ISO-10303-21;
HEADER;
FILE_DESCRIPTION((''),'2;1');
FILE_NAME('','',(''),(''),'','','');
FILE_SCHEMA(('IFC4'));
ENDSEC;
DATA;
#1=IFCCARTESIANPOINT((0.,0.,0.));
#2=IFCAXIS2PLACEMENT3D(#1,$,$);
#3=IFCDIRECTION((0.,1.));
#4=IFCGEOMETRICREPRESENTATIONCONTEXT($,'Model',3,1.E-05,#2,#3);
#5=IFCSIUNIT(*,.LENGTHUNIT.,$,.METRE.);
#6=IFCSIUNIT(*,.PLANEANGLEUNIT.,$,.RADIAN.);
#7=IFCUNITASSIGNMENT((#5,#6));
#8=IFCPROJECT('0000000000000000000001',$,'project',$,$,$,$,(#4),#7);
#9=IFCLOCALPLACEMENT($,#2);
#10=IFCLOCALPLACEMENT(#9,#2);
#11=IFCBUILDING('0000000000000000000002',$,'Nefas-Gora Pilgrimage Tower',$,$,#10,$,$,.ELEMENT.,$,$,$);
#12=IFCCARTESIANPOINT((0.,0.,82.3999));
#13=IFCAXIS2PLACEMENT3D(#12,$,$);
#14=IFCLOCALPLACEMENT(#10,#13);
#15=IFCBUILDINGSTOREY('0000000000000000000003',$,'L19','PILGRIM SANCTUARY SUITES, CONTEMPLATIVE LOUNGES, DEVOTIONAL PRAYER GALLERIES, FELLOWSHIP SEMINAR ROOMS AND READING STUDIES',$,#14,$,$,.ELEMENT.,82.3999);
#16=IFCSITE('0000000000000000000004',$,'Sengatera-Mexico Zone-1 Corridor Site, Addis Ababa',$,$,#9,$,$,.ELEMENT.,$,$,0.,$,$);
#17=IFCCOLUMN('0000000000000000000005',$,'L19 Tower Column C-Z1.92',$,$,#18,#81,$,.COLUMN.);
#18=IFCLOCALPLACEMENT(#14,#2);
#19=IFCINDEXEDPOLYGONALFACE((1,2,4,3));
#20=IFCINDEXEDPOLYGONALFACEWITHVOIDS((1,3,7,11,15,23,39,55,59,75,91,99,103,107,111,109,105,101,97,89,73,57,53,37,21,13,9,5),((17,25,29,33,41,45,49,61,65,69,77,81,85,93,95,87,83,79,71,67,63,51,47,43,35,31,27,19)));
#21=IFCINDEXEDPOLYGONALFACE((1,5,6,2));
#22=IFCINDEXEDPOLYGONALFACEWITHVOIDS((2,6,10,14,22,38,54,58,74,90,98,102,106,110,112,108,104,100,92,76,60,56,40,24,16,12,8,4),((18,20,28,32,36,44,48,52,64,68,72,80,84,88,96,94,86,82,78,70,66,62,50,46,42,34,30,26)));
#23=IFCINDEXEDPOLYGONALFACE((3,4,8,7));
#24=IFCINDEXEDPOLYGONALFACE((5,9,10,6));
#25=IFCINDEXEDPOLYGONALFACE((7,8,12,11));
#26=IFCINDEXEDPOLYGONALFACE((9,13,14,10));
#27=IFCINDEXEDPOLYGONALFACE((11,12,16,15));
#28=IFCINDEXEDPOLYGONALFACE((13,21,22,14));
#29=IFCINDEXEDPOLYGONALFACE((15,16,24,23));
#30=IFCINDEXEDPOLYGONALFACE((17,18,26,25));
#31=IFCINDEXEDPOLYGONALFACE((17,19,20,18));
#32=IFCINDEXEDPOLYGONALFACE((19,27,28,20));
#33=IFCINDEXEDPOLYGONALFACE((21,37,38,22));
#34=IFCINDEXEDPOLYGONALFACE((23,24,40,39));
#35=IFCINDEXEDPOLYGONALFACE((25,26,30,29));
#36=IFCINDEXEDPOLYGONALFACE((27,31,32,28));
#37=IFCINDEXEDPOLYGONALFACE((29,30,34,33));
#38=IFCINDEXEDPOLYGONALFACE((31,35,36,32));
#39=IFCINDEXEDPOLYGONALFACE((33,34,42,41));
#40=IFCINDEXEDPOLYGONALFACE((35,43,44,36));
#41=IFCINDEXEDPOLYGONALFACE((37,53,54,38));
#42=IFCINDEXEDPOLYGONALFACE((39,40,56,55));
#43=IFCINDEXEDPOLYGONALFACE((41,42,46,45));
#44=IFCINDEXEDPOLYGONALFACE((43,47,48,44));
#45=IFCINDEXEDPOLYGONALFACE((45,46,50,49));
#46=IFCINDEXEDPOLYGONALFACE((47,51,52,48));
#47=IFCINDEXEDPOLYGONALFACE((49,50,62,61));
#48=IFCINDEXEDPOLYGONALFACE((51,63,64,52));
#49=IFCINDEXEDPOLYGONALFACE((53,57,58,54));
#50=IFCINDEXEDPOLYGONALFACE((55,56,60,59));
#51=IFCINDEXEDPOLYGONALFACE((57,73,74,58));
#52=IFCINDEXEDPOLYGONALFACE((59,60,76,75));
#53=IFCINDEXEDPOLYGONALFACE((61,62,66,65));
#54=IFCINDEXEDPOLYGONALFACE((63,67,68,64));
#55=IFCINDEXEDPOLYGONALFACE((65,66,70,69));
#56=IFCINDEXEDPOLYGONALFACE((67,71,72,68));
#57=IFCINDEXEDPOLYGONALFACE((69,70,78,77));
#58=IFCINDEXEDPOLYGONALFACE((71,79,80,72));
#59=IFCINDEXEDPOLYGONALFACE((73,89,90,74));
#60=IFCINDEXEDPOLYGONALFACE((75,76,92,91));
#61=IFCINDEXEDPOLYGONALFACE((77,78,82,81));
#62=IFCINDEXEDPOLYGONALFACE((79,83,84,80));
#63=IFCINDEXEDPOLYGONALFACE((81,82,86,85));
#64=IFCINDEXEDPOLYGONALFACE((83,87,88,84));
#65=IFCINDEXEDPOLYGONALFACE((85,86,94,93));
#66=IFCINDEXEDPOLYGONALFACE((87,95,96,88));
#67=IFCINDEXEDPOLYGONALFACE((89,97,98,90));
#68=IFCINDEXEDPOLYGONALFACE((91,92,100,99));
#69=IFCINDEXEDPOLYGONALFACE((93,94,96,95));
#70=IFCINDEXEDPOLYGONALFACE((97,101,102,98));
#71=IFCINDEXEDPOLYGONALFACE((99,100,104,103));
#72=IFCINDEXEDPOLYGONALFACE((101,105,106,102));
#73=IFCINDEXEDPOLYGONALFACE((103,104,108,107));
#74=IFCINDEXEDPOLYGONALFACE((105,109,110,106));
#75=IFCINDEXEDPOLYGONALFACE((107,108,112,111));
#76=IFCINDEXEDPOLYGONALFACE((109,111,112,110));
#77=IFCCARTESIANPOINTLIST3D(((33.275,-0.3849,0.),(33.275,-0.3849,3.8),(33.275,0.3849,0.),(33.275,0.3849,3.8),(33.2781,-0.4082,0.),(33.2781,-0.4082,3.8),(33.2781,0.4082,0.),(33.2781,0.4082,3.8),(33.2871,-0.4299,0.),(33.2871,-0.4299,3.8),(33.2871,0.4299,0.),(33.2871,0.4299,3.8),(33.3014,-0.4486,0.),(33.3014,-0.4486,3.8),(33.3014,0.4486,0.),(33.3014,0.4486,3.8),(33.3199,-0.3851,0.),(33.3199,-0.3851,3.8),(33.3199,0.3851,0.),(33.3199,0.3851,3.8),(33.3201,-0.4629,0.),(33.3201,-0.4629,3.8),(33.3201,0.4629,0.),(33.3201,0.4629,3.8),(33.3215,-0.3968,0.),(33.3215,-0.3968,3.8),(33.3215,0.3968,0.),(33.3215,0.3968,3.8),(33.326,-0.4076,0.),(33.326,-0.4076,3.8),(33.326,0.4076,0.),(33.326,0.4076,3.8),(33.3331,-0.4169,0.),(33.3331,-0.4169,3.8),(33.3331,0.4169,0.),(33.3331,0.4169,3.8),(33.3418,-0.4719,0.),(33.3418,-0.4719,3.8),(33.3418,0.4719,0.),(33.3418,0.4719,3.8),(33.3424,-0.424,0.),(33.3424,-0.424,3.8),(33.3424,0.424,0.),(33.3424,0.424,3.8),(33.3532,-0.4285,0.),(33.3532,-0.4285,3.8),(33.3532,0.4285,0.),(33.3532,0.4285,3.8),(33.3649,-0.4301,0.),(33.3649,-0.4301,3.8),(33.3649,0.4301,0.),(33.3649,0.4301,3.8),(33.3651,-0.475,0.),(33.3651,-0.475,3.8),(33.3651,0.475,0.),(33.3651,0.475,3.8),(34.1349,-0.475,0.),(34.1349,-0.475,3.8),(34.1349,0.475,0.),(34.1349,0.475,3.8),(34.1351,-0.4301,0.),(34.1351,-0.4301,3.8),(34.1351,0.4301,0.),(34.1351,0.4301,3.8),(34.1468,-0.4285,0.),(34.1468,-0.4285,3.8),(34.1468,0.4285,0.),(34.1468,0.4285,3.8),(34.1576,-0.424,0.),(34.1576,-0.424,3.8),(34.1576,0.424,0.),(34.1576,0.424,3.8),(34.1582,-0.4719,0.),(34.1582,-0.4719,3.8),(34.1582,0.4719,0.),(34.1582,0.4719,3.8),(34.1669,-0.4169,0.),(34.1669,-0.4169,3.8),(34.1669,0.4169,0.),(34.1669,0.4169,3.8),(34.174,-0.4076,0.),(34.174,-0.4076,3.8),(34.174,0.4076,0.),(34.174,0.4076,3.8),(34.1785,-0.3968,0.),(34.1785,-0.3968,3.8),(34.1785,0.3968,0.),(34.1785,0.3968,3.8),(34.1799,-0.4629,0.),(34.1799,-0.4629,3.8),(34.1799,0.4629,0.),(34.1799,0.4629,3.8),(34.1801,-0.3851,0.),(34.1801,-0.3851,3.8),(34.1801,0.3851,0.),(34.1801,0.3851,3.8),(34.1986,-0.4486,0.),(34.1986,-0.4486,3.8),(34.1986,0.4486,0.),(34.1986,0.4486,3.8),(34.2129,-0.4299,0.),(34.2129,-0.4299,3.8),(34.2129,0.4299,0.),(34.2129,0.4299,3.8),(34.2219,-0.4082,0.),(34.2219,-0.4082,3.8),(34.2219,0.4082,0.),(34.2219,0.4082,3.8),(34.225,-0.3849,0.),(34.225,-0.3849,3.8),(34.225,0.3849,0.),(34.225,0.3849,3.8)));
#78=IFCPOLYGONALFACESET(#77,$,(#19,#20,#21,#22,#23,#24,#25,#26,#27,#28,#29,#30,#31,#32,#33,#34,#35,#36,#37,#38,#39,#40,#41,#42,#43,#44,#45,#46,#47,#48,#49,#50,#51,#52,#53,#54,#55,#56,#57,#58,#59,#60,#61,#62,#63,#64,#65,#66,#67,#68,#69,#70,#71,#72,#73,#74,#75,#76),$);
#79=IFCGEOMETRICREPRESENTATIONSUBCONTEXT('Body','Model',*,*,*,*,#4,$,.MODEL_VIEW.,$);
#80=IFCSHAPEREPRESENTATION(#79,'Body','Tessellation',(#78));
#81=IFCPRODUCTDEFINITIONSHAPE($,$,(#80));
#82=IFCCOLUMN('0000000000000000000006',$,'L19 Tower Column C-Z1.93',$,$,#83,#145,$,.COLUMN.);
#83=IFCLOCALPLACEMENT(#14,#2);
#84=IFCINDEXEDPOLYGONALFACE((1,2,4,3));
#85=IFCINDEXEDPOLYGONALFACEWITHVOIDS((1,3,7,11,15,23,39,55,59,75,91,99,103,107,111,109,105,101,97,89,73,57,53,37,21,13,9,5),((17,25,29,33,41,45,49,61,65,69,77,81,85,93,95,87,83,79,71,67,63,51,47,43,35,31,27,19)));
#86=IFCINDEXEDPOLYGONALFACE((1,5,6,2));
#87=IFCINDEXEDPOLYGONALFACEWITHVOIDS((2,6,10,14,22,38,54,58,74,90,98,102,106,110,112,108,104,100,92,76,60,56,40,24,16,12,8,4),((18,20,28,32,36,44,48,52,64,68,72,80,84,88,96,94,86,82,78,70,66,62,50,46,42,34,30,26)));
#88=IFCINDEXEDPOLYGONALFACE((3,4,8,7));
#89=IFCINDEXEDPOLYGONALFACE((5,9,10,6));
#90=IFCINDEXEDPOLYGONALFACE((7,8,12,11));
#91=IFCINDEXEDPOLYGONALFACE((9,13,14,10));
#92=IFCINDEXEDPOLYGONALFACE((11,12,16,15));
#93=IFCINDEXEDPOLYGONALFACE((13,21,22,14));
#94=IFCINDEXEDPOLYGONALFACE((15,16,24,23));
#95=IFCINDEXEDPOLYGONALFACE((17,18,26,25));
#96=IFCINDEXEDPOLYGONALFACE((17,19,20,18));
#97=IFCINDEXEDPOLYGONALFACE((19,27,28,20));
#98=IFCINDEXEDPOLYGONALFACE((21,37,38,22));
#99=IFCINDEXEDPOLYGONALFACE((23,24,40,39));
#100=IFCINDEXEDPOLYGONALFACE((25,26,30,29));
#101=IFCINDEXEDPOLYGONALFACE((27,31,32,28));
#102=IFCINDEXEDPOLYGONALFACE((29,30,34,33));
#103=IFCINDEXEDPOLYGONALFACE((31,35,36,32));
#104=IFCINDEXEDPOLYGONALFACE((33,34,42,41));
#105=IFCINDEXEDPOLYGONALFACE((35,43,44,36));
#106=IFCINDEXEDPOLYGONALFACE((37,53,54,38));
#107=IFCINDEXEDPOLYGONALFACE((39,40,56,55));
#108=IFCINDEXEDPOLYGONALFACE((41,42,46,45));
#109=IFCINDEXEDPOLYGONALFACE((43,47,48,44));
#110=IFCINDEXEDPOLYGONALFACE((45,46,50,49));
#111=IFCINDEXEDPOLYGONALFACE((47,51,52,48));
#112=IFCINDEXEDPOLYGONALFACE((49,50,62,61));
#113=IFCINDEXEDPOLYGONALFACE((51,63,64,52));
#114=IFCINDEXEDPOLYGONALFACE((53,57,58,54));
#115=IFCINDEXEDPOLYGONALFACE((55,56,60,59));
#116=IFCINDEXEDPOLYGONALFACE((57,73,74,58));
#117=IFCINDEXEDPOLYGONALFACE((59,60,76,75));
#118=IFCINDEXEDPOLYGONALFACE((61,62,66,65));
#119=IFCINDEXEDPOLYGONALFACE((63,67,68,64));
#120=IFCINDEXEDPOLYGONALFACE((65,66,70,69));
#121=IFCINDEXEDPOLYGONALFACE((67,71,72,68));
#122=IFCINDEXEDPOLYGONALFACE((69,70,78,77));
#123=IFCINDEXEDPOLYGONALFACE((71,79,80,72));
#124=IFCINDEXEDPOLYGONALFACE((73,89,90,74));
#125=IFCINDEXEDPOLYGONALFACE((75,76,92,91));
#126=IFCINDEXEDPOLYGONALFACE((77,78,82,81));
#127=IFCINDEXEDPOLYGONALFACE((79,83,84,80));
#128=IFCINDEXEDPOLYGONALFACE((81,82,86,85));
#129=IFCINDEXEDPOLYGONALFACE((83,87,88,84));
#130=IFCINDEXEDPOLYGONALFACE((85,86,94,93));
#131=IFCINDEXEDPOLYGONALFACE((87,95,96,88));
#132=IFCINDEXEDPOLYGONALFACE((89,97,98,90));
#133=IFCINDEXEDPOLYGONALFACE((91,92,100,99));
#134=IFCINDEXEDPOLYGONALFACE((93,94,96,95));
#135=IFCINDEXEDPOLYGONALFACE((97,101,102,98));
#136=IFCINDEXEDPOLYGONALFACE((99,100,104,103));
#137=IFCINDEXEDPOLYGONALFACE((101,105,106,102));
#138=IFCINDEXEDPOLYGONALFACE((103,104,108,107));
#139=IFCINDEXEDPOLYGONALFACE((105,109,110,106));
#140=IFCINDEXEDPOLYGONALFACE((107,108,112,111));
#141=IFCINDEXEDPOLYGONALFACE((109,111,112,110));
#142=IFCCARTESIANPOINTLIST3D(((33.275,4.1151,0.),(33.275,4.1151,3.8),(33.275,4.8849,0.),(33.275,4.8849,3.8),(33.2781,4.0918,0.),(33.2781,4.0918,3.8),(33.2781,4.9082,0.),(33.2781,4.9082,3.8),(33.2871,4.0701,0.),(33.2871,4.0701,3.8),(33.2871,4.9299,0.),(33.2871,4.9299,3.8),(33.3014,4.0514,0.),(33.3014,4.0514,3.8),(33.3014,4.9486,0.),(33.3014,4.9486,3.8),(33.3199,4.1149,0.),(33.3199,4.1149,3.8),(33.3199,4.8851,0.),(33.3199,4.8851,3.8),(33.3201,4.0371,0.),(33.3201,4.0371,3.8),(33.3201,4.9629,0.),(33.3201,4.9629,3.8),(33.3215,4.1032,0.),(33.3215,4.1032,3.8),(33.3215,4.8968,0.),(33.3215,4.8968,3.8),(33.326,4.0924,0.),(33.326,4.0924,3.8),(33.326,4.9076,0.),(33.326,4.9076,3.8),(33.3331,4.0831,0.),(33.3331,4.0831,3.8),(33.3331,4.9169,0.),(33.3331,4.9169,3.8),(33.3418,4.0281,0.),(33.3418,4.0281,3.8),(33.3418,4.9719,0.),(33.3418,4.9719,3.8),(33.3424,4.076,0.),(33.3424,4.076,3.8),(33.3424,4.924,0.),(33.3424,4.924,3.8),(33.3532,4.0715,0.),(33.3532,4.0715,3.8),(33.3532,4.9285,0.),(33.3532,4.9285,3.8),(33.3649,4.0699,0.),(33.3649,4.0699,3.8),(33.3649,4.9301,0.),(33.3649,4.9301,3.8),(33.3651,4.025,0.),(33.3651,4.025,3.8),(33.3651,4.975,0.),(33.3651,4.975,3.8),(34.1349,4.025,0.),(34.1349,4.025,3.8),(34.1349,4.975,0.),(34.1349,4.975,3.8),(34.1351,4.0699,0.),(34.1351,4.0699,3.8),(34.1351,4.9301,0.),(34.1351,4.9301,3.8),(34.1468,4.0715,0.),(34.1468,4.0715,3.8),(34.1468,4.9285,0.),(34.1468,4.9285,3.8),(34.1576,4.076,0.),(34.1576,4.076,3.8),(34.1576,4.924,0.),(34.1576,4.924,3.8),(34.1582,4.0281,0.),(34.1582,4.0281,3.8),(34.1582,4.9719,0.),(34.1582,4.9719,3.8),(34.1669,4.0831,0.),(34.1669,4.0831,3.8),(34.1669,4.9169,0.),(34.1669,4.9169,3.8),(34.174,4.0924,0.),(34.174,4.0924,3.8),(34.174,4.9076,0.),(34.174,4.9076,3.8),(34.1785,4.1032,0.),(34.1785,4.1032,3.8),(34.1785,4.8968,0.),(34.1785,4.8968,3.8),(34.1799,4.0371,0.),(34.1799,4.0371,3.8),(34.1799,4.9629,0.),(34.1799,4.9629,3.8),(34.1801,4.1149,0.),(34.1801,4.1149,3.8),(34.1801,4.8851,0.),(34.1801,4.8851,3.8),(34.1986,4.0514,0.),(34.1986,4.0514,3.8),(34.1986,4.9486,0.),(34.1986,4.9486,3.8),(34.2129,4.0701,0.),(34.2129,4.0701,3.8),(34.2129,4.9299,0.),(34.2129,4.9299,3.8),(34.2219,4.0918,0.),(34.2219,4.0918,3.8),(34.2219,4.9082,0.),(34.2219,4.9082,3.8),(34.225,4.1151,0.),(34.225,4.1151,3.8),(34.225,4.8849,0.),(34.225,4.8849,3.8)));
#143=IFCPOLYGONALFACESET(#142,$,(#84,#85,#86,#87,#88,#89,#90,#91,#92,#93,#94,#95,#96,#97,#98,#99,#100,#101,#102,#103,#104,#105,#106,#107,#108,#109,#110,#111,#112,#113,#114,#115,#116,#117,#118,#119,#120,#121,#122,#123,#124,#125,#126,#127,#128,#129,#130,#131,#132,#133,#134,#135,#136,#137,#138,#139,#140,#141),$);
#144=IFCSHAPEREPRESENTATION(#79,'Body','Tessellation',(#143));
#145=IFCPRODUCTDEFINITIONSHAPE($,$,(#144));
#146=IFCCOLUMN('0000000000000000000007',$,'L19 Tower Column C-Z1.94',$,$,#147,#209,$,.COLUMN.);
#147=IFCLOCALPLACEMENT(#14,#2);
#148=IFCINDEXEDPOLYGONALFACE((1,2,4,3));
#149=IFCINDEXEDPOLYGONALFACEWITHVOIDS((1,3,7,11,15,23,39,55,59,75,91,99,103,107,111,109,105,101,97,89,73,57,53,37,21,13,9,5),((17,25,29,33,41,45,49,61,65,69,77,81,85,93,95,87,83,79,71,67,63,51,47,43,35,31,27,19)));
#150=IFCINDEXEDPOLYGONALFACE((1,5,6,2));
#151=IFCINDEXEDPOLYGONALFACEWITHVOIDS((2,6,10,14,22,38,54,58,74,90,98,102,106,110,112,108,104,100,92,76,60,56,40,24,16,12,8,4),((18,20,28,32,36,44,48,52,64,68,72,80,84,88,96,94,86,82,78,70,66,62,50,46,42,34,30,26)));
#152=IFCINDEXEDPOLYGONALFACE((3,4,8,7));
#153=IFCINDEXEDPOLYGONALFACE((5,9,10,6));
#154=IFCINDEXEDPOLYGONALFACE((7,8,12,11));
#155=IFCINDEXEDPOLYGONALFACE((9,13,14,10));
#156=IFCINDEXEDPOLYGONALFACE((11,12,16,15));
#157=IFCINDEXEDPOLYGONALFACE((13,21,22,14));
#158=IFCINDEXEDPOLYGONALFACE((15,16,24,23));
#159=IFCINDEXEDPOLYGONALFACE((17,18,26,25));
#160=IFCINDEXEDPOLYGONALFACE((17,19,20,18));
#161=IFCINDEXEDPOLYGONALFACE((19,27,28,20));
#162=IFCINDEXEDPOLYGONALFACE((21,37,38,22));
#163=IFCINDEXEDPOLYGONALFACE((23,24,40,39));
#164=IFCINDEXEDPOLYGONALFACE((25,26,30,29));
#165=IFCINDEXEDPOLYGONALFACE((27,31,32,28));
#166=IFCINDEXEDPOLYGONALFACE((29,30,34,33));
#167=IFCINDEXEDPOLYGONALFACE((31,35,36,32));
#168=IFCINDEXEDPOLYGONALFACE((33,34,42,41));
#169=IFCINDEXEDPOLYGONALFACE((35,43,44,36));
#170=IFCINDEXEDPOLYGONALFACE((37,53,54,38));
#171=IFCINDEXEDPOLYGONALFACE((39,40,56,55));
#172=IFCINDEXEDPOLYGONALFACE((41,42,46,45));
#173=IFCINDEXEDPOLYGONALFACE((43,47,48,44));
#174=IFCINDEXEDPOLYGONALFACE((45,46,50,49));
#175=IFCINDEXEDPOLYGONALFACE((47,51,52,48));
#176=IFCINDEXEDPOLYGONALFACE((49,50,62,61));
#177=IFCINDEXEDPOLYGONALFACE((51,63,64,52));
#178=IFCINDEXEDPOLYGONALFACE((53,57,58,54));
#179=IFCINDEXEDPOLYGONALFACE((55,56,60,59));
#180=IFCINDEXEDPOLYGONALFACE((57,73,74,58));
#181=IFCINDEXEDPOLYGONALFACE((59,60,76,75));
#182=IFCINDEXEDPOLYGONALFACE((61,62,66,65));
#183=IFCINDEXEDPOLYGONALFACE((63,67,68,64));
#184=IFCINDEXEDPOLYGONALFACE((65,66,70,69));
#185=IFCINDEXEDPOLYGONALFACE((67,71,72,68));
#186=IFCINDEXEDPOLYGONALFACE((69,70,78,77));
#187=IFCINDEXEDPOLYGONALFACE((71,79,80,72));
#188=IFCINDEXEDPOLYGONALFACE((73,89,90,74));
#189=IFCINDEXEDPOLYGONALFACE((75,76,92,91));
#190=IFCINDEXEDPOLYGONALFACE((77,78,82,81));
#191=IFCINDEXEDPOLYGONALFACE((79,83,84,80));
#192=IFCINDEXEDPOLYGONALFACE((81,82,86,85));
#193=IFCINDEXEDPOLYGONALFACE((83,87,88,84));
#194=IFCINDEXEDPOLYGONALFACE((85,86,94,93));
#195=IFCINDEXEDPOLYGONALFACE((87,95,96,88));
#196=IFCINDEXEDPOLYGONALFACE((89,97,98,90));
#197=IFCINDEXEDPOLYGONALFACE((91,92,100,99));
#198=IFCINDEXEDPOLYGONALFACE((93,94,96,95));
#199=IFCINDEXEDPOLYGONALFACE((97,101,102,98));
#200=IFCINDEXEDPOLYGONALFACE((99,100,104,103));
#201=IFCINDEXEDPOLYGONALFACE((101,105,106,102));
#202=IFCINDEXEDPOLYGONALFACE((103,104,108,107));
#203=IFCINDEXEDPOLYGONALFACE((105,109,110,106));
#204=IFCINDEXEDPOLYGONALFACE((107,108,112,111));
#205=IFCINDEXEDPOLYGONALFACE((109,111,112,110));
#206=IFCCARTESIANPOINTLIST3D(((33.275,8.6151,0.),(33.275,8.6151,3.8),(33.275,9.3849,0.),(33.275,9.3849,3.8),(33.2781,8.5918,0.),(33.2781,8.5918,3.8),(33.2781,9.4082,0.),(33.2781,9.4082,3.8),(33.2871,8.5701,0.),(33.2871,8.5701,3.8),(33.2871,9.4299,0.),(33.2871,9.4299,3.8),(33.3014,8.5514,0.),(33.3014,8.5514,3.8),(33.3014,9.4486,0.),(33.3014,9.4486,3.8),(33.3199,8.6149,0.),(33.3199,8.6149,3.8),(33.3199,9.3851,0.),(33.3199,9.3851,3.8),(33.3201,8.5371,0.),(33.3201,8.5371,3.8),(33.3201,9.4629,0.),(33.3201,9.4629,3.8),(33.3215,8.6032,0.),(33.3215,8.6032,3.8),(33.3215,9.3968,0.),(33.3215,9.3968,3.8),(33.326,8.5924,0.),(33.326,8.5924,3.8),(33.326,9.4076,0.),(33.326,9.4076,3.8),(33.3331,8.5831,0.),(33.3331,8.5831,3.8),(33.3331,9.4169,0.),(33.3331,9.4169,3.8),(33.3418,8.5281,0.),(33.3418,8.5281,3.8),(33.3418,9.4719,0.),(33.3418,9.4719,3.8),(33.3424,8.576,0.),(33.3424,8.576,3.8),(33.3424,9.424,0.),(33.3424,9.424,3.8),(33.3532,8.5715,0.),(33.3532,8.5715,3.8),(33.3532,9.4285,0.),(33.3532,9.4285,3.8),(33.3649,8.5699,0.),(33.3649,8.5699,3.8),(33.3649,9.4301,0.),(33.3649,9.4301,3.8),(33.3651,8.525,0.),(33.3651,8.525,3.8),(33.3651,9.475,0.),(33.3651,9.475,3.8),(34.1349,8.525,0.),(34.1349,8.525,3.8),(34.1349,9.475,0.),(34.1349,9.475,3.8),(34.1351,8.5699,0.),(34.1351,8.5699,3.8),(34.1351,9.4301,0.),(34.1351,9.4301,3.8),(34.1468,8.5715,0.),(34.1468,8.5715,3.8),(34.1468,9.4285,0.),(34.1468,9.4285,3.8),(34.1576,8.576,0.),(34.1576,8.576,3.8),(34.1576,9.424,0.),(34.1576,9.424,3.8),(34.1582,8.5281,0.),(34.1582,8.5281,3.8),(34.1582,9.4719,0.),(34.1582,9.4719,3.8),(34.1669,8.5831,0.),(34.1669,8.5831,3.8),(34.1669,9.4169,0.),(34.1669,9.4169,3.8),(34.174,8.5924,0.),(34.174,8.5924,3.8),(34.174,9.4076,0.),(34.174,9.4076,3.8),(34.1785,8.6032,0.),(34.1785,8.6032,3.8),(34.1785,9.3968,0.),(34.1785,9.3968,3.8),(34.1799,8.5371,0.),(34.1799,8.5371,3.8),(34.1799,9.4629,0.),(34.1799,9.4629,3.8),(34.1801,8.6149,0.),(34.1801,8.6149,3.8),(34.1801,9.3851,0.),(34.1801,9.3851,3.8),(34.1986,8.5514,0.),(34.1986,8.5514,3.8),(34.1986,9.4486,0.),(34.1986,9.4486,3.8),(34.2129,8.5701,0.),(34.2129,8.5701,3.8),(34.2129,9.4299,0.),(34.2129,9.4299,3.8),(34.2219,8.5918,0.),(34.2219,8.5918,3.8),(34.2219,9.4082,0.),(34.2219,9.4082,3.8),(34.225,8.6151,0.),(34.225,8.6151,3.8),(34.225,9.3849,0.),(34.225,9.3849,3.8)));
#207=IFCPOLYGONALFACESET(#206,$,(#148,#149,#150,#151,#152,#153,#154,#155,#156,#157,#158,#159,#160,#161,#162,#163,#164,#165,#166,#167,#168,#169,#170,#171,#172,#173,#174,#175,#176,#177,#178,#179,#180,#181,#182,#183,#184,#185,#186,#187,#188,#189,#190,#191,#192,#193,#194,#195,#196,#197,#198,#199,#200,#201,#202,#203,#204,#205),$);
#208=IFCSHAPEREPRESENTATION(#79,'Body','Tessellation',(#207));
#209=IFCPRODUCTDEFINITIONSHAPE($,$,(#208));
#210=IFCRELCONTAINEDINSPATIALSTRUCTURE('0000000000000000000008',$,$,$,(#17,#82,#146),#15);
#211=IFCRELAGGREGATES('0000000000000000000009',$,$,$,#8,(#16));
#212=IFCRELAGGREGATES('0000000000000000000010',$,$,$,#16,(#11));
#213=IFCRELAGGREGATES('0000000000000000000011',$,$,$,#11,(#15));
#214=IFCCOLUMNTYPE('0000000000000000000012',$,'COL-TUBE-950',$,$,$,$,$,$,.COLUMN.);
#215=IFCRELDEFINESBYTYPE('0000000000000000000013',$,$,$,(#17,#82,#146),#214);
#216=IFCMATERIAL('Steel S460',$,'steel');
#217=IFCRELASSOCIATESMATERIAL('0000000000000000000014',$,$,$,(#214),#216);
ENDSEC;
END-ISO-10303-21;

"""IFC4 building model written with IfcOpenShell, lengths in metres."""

from ifc_helpers import new_model, si_unit, direction, frame, origin, origin_2d, place, context, subcontext, project, spatial, hollow_rectangle, extrude, source, transform, mapped, material, material_profile, profile_set, type_object, element, save


model = new_model("IFC4")

# Units and contexts
model_context = context("Model", 3, precision=1e-05, world=origin(), true_north=direction((0.0, 1.0)))
body_context = subcontext(model_context, "Body", "Model", "MODEL_VIEW")
ifc_project = project(units=[si_unit("LENGTHUNIT", "METRE"), si_unit("PLANEANGLEUNIT", "RADIAN")], contexts=[model_context])

# Site, building, storey
site_placement = place(None, origin())
site = spatial("IfcSite", under=ifc_project, at=site_placement, Name="Sengatera-Mexico Zone-1 Corridor Site, Addis Ababa", CompositionType="ELEMENT", RefElevation=0.0)
building_placement = place(site_placement, origin())
building = spatial("IfcBuilding", under=site, at=building_placement, Name="Nefas-Gora Pilgrimage Tower", CompositionType="ELEMENT")
storey_placement = place(building_placement, frame((0.0, 0.0, 82.3999)))
storey = spatial("IfcBuildingStorey", under=building, at=storey_placement, Name="L19", Description="PILGRIM SANCTUARY SUITES, CONTEMPLATIVE LOUNGES, DEVOTIONAL PRAYER GALLERIES, FELLOWSHIP SEMINAR ROOMS AND READING STUDIES", CompositionType="ELEMENT", Elevation=82.3999)

# Columns
ifc_material_1 = material(Name="Steel S460", Category="steel")
ifc_material_profile_1 = material_profile(ifc_material_1, hollow_rectangle(XDim=0.95, YDim=0.95, WallThickness=0.0449, InnerFilletRadius=0.0449, OuterFilletRadius=0.0901, at=origin_2d()), Name="BOX 950x950x45")
ifc_profile_set_1 = profile_set([ifc_material_profile_1], Name="Steel S460")
column_type_1 = type_object("IfcColumnType", Name="COL-TUBE-950", PredefinedType="COLUMN", material=ifc_profile_set_1)
shared_shape_1 = source(origin(), body_context, "Body", "SweptSolid", [
    extrude(hollow_rectangle(XDim=0.95, YDim=0.95, WallThickness=0.0449, InnerFilletRadius=0.0449, OuterFilletRadius=0.0901, at=origin_2d()), origin(), (0.0, 0.0, 1.0), 3.8),
])
for number, where, z_axis, x_axis, name in (
    (1, (33.75, 0.0, 0.0), (0.0, 0.0, 1.0), (1.0, 0.0, 0.0), "L19 Tower Column C-Z1.92"),
    (2, (33.75, 4.5, 0.0), (0.0, 0.0, 1.0), (1.0, 0.0, 0.0), "L19 Tower Column C-Z1.93"),
    (3, (33.75, 9.0, 0.0), (0.0, 0.0, 1.0), (1.0, 0.0, 0.0), "L19 Tower Column C-Z1.94"),
):
    element("IfcColumn", number, at=place(storey_placement, frame(where, z_axis=z_axis, x_axis=x_axis)), inside=storey, type_object=column_type_1, Name=name, PredefinedType="COLUMN", context=body_context, shape_type="MappedRepresentation", body=[
        mapped(shared_shape_1, transform((0.0, 0.0, 0.0), x_axis=(1.0, 0.0, 0.0), y_axis=(0.0, 1.0, 0.0), z_axis=(0.0, 0.0, 1.0), scale=1.0)),
    ])

save(model, "model.ifc")
